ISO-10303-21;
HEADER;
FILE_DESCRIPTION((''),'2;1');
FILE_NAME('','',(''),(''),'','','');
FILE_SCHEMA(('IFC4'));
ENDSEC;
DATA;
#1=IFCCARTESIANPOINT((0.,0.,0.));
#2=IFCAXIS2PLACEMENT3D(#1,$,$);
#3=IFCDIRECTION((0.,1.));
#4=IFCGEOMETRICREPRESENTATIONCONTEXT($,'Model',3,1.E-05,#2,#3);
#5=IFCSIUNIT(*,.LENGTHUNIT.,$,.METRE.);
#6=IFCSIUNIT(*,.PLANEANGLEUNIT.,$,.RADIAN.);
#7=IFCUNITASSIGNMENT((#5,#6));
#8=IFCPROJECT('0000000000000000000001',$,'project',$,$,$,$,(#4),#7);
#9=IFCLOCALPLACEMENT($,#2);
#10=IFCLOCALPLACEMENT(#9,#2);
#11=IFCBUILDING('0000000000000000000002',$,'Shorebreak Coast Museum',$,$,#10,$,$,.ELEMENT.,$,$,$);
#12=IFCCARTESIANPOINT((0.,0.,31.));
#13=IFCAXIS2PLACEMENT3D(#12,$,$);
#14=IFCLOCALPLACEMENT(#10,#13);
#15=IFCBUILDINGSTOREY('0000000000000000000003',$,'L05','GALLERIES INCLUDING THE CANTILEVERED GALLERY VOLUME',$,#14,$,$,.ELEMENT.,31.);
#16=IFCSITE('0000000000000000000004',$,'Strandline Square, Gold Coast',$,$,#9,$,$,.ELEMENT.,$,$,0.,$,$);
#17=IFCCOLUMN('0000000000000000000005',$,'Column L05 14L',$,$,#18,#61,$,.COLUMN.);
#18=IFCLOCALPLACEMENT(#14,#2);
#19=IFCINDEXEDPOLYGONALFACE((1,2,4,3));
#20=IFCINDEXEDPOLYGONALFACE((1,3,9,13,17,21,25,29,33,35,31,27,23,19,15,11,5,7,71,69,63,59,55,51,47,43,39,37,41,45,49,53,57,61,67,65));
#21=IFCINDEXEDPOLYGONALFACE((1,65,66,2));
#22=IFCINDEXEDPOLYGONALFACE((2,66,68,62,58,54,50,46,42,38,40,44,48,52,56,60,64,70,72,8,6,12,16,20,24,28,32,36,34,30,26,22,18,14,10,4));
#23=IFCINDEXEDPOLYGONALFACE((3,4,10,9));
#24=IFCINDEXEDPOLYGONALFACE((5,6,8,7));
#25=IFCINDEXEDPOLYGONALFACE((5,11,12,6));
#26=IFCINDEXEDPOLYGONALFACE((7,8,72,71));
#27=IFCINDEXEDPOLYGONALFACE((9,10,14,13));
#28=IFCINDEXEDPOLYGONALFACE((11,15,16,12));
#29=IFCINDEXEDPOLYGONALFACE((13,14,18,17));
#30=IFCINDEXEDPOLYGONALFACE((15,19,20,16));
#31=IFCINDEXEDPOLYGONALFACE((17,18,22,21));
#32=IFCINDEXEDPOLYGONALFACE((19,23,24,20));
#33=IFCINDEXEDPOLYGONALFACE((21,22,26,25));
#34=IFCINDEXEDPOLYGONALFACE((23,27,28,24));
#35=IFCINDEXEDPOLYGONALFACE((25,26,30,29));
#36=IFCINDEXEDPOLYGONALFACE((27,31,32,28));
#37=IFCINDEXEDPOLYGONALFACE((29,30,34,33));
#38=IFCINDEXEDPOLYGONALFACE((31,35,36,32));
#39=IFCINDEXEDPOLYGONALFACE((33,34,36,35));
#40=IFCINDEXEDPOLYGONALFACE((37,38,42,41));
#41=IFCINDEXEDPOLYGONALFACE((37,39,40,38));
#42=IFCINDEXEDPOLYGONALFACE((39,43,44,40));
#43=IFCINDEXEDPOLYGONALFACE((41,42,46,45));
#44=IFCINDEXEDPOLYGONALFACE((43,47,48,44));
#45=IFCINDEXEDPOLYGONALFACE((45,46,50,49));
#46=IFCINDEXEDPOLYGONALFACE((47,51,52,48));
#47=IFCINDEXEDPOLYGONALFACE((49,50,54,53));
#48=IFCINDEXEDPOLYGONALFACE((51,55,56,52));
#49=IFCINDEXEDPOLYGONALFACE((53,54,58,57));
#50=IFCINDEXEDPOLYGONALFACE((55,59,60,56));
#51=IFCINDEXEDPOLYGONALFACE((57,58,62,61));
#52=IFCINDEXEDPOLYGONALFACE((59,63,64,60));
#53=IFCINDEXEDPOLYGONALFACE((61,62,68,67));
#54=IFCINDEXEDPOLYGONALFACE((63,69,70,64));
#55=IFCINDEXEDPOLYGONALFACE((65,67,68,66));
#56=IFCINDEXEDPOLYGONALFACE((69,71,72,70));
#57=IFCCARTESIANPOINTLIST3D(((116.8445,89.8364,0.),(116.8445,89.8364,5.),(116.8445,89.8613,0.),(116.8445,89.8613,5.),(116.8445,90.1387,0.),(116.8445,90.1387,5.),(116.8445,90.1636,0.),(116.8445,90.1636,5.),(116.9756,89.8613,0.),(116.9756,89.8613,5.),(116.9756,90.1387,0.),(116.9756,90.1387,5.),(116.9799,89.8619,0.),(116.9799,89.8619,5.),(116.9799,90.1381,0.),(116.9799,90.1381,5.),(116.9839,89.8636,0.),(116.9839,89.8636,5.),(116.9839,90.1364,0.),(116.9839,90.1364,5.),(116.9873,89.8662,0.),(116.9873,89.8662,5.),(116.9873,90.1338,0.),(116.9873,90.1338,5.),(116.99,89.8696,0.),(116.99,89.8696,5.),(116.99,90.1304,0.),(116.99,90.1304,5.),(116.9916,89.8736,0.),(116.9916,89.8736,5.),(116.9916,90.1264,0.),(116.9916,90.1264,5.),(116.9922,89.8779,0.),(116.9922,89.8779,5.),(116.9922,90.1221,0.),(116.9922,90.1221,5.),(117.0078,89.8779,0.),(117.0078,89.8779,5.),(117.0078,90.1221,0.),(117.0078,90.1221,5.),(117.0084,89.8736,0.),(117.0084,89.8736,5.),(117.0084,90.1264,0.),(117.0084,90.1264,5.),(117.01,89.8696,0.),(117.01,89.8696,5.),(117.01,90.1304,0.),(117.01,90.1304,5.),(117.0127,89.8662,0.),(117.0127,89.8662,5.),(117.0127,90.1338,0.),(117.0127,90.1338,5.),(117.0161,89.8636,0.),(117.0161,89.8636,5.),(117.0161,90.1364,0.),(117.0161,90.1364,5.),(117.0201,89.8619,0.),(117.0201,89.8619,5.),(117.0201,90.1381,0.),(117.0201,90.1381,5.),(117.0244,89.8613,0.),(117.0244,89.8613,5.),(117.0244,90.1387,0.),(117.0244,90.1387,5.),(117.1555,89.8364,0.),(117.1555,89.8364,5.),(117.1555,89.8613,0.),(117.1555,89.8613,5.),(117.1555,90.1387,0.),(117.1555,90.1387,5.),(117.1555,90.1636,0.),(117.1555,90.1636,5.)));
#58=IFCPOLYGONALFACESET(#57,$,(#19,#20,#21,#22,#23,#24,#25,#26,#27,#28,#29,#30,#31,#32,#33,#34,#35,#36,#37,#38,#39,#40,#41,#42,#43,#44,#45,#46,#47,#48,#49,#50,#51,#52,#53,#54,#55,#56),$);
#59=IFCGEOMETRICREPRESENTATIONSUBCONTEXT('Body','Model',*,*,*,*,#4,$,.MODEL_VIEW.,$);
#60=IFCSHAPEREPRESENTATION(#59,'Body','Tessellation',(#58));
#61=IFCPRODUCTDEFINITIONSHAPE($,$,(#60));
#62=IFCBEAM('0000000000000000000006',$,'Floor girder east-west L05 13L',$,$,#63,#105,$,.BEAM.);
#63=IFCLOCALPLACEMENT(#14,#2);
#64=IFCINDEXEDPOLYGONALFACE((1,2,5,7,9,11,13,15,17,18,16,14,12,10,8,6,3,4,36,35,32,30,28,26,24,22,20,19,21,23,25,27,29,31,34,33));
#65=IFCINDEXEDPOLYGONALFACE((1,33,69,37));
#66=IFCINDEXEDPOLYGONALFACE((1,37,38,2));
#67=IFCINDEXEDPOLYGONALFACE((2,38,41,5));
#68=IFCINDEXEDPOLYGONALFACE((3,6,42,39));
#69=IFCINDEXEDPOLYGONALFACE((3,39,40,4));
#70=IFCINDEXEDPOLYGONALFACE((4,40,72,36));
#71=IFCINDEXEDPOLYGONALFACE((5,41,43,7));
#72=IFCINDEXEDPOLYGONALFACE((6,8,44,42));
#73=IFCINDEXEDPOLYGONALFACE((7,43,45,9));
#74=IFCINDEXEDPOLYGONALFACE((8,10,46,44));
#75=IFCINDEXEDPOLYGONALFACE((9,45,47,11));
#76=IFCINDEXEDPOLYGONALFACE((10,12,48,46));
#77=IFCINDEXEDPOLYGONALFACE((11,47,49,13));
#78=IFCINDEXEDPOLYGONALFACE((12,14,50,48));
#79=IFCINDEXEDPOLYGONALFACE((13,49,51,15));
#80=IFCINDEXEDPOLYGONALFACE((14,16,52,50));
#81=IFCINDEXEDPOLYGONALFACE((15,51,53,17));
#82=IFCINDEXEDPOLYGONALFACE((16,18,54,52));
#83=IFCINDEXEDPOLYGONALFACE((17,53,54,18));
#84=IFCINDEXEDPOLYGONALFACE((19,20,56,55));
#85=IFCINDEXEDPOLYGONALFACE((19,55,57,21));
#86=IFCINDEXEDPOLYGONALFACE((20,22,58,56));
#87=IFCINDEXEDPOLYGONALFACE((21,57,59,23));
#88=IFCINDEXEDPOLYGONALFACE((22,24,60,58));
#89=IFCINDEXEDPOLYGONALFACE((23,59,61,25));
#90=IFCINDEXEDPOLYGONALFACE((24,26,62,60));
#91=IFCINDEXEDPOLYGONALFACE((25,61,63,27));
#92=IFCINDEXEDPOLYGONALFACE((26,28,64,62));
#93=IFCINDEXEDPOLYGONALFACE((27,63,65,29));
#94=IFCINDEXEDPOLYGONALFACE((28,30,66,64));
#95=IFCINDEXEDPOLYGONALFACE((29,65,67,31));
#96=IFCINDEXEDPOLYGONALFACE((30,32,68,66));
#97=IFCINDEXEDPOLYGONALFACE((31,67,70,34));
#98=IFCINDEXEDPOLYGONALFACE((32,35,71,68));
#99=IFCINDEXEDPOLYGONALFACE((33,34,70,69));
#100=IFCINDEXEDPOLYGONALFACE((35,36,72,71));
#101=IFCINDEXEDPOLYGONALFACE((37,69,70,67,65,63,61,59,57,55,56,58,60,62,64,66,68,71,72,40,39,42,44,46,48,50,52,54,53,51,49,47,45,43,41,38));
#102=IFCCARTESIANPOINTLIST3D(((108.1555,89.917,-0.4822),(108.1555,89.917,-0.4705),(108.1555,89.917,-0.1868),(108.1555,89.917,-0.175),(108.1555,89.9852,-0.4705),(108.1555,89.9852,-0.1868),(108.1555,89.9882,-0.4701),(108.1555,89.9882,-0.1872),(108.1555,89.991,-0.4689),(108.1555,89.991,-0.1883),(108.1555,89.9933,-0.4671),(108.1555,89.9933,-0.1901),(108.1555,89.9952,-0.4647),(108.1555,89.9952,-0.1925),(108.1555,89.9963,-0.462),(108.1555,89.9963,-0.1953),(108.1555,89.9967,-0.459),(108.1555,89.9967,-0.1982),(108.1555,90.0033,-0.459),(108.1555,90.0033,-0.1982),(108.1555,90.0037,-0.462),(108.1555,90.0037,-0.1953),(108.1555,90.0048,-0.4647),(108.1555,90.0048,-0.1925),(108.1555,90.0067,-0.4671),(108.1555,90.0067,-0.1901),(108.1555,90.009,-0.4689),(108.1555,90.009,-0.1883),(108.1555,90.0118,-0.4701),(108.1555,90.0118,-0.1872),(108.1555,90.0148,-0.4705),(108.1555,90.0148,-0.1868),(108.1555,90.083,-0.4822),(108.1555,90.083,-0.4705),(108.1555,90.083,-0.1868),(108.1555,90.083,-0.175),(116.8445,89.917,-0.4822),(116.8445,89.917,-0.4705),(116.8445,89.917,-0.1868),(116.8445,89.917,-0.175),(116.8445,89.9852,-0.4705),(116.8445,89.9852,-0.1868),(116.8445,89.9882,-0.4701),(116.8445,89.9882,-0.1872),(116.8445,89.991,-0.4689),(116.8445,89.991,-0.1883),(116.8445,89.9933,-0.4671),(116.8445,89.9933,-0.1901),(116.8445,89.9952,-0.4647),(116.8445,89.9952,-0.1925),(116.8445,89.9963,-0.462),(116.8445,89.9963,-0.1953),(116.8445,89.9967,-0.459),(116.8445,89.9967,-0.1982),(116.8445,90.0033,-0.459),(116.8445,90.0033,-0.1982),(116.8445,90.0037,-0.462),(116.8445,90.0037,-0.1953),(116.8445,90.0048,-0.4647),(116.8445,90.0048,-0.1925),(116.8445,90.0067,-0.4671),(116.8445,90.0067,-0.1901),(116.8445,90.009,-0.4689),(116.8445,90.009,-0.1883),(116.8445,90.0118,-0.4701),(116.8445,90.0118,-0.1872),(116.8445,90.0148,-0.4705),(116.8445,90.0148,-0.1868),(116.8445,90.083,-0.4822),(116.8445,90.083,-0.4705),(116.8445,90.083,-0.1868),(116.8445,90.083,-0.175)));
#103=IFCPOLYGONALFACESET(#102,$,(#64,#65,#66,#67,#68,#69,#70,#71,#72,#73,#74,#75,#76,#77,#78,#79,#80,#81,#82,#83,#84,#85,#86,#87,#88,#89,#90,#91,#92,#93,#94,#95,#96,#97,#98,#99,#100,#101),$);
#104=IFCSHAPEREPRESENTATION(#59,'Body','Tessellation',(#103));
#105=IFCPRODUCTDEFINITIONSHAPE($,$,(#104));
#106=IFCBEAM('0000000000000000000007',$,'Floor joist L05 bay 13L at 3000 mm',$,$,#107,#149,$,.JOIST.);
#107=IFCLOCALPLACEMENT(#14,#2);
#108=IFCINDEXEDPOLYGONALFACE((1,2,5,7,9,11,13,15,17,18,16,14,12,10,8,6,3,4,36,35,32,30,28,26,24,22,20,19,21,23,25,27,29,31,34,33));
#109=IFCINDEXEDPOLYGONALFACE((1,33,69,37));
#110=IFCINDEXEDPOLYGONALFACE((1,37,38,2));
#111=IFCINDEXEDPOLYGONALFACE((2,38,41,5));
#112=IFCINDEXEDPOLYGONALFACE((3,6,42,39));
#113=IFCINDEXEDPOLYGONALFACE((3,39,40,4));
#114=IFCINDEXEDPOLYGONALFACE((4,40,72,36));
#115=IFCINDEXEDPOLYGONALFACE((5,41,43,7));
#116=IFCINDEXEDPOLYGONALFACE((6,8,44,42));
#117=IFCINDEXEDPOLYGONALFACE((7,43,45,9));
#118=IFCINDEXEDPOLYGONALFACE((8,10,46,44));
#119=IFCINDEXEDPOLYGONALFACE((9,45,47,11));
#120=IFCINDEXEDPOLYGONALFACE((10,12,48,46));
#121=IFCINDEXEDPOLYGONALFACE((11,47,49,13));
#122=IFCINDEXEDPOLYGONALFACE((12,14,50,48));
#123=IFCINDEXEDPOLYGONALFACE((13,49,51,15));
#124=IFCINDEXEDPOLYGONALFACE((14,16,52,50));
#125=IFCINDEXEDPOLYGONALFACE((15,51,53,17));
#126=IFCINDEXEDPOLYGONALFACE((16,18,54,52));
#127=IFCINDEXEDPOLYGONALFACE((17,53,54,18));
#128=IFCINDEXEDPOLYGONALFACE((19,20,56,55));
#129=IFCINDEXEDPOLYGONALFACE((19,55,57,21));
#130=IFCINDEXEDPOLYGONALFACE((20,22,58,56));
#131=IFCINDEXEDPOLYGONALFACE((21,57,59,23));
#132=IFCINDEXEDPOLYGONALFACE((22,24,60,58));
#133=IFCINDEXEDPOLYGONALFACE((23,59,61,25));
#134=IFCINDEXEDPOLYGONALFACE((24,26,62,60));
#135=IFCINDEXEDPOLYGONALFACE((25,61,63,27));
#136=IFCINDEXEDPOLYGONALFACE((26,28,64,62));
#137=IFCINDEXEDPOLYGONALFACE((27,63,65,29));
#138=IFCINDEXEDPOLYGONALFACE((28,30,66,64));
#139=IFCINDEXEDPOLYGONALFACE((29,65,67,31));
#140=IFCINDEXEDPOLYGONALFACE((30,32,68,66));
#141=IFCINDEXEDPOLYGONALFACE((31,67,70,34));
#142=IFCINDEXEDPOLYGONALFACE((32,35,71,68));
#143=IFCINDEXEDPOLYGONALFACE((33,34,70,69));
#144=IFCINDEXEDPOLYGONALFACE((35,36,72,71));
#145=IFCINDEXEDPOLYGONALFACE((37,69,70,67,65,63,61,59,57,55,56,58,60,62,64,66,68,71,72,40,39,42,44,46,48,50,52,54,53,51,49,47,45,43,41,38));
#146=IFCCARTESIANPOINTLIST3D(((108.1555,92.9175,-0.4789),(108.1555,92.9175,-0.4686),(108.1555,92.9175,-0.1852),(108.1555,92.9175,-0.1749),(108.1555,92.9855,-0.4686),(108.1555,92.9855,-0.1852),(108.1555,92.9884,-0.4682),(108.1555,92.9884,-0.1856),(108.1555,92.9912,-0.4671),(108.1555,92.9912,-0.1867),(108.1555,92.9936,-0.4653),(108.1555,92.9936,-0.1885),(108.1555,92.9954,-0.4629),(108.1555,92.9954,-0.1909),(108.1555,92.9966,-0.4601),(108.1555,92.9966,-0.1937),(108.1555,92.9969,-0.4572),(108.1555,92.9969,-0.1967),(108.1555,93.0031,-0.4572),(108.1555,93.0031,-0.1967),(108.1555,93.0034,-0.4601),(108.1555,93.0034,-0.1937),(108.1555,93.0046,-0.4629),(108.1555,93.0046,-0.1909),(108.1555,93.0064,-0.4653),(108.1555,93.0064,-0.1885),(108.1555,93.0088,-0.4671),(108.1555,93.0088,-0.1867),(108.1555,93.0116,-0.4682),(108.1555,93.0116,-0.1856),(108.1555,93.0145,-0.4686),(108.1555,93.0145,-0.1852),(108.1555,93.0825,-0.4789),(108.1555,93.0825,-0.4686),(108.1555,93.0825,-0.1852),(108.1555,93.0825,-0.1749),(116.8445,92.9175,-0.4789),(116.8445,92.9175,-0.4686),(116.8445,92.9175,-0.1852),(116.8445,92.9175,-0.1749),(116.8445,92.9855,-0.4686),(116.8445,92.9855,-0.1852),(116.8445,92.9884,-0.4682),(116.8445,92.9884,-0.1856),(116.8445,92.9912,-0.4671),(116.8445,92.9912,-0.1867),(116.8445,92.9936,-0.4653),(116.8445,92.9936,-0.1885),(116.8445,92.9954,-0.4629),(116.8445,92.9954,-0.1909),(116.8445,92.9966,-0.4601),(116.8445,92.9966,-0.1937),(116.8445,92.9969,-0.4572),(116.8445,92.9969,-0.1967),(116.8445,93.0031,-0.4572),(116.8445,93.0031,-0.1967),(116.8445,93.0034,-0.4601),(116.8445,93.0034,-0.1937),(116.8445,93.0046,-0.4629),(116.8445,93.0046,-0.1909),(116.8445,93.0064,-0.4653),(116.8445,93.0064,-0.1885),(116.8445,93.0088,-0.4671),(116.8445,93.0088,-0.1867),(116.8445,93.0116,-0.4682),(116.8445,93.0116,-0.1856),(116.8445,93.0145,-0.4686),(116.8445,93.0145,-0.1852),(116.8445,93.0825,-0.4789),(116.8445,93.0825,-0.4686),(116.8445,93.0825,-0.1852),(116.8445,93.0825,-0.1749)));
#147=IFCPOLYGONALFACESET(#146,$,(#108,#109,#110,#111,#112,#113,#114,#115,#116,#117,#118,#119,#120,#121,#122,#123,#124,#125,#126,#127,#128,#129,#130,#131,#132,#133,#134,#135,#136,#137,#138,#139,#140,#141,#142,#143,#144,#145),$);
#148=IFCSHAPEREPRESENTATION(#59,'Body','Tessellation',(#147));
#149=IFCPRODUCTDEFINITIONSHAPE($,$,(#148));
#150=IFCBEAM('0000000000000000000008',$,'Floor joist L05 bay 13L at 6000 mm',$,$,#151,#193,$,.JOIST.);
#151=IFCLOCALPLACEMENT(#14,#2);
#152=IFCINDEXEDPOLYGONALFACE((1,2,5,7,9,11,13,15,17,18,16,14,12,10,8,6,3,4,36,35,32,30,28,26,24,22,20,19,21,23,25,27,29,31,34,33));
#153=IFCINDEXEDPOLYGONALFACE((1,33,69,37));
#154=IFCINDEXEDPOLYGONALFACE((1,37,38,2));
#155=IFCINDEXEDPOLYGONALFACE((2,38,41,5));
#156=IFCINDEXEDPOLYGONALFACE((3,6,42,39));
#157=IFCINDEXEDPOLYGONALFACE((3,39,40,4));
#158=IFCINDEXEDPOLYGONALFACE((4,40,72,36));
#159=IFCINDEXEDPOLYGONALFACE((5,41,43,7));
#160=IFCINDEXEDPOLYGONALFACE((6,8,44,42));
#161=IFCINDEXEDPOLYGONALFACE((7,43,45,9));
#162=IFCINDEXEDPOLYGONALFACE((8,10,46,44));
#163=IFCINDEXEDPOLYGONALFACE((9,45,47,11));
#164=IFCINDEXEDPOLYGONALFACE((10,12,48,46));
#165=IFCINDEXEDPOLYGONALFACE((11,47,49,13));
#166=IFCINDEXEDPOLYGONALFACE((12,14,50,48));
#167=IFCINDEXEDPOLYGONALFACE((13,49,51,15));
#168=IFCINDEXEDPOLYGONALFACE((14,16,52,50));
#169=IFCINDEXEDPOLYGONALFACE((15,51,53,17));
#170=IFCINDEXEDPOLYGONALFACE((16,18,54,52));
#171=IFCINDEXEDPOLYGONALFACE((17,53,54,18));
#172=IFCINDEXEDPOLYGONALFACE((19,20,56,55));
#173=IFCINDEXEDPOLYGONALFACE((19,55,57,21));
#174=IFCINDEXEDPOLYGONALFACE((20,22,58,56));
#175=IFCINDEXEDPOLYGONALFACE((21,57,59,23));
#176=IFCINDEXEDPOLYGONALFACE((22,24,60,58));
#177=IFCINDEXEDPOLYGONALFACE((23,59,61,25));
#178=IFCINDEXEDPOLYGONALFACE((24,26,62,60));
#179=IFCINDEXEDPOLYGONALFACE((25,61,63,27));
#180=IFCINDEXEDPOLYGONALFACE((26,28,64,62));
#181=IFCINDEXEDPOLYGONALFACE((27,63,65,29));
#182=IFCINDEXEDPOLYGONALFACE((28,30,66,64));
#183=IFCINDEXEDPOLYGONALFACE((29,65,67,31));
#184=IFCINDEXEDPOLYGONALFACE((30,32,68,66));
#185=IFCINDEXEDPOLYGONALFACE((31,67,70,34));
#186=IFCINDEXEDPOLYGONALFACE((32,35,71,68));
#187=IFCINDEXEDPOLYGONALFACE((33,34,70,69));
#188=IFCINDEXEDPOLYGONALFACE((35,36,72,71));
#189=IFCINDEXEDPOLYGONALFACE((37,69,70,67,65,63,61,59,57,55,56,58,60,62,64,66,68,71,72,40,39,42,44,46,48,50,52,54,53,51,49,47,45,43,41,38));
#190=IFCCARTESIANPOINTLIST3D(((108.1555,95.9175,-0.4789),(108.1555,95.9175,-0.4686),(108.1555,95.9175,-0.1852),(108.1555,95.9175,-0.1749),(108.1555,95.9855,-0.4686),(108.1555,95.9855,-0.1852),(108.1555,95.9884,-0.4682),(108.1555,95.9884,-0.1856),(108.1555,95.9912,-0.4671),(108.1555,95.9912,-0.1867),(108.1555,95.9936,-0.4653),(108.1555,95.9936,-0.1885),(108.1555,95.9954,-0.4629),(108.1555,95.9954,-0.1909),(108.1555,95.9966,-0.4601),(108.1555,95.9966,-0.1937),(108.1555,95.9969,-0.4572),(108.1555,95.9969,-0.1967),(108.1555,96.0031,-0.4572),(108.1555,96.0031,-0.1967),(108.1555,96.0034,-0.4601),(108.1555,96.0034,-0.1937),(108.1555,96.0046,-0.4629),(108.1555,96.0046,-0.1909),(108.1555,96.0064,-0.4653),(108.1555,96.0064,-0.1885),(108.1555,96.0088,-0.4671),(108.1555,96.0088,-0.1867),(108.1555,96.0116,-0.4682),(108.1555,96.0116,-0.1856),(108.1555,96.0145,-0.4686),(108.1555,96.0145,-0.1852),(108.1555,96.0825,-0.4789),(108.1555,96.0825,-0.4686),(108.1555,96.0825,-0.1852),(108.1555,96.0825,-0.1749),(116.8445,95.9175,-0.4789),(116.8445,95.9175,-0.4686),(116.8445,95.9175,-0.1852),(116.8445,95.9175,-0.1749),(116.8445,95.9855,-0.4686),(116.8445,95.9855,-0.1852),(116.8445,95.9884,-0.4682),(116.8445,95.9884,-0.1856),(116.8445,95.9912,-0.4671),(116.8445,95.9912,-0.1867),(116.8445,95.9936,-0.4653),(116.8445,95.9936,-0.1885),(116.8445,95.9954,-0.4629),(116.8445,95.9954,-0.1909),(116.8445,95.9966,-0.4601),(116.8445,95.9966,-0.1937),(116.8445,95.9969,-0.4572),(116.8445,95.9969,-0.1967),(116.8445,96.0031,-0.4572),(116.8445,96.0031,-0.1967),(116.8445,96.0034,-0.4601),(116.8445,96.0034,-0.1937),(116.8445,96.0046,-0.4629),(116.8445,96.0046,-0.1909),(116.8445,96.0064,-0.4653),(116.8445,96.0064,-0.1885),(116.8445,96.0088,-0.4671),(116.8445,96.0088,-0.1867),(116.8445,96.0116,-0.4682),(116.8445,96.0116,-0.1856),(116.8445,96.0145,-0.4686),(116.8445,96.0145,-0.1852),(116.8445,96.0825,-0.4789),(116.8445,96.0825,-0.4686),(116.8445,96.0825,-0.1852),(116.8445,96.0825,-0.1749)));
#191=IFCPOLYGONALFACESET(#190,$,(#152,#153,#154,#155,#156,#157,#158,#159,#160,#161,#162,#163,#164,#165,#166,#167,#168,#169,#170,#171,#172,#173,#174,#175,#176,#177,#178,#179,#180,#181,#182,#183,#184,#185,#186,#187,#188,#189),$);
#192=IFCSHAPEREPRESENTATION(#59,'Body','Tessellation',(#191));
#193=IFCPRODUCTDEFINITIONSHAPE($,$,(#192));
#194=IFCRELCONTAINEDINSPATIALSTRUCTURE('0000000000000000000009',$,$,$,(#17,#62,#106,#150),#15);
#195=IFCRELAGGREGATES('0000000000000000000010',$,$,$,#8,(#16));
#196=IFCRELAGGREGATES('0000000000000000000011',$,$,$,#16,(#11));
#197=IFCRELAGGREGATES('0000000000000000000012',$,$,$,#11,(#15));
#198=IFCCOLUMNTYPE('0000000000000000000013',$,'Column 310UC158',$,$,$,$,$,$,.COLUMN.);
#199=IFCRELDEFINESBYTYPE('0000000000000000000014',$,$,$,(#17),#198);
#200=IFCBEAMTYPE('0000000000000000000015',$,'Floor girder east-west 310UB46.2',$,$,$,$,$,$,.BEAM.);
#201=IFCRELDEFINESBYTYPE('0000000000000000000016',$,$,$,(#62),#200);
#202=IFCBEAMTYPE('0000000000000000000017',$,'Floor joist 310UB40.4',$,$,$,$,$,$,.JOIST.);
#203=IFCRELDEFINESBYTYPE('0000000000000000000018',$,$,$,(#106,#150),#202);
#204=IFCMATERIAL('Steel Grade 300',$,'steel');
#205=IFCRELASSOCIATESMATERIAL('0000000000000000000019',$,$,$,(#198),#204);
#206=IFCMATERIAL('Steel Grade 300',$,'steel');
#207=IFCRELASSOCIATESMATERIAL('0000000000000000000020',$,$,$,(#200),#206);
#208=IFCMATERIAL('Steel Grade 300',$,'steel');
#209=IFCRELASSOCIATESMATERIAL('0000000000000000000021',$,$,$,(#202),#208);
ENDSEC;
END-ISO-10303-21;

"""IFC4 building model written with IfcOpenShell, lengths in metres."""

from ifc_helpers import new_model, si_unit, direction, frame, origin, origin_2d, place, context, subcontext, project, spatial, i_section, extrude, material, material_profile, profile_set, type_object, element, save


model = new_model("IFC4")

# Units and contexts
model_context = context("Model", 3, precision=1e-05, world=origin(), true_north=direction((0.0, 1.0)))
body_context = subcontext(model_context, "Body", "Model", "MODEL_VIEW")
ifc_project = project(units=[si_unit("LENGTHUNIT", "METRE"), si_unit("PLANEANGLEUNIT", "RADIAN")], contexts=[model_context])

# Site, building, storey
site_placement = place(None, origin())
site = spatial("IfcSite", under=ifc_project, at=site_placement, Name="Strandline Square, Gold Coast", CompositionType="ELEMENT", RefElevation=0.0)
building_placement = place(site_placement, origin())
building = spatial("IfcBuilding", under=site, at=building_placement, Name="Shorebreak Coast Museum", CompositionType="ELEMENT")
storey_placement = place(building_placement, frame((0.0, 0.0, 31.0)))
storey = spatial("IfcBuildingStorey", under=building, at=storey_placement, Name="L05", Description="GALLERIES INCLUDING THE CANTILEVERED GALLERY VOLUME", CompositionType="ELEMENT", Elevation=31.0)

# Column
ifc_material_1 = material(Name="Steel Grade 300", Category="steel")
ifc_material_profile_1 = material_profile(ifc_material_1, i_section(OverallWidth=0.311, OverallDepth=0.3271, WebThickness=0.0156, FlangeThickness=0.0249, FilletRadius=0.0166, at=origin_2d()), Name="310UC158")
ifc_profile_set_1 = profile_set([ifc_material_profile_1], Name="Steel Grade 300")
column_type = type_object("IfcColumnType", Name="Column 310UC158", PredefinedType="COLUMN", material=ifc_profile_set_1)
column_placement = place(storey_placement, frame((117.0, 90.0, 0.0), z_axis=(0.0, 0.0, 1.0), x_axis=(1.0, 0.0, 0.0)))
element("IfcColumn", 1, at=column_placement, inside=storey, type_object=column_type, Name="Column L05 14L", PredefinedType="COLUMN", context=body_context, shape_type="SweptSolid", body=[
    extrude(i_section(OverallWidth=0.311, OverallDepth=0.3271, WebThickness=0.0156, FlangeThickness=0.0249, FilletRadius=0.0166, at=origin_2d()), origin(), (0.0, 0.0, 1.0), 5.0),
])

# Beams
ifc_material_2 = material(Name="Steel Grade 300", Category="steel")
ifc_material_profile_2 = material_profile(ifc_material_2, i_section(OverallWidth=0.166, OverallDepth=0.3071, WebThickness=0.0066, FlangeThickness=0.0117, FilletRadius=0.0115, at=origin_2d()), Name="310UB46.2")
ifc_profile_set_2 = profile_set([ifc_material_profile_2], Name="Steel Grade 300")
beam_type_1 = type_object("IfcBeamType", Name="Floor girder east-west 310UB46.2", PredefinedType="BEAM", material=ifc_profile_set_2)
beam_1_placement = place(storey_placement, frame((108.1555, 90.0, -0.3286), z_axis=(1.0, 0.0, 0.0), x_axis=(0.0, 1.0, 0.0)))
element("IfcBeam", 2, at=beam_1_placement, inside=storey, type_object=beam_type_1, Name="Floor girder east-west L05 13L", PredefinedType="BEAM", context=body_context, shape_type="SweptSolid", body=[
    extrude(i_section(OverallWidth=0.166, OverallDepth=0.3071, WebThickness=0.0066, FlangeThickness=0.0117, FilletRadius=0.0115, at=origin_2d()), origin(), (0.0, 0.0, 1.0), 8.689),
])
ifc_material_3 = material(Name="Steel Grade 300", Category="steel")
ifc_material_profile_3 = material_profile(ifc_material_3, i_section(OverallWidth=0.165, OverallDepth=0.304, WebThickness=0.0061, FlangeThickness=0.0103, FilletRadius=0.0115, at=origin_2d()), Name="310UB40.4")
ifc_profile_set_3 = profile_set([ifc_material_profile_3], Name="Steel Grade 300")
beam_type_2 = type_object("IfcBeamType", Name="Floor joist 310UB40.4", PredefinedType="JOIST", material=ifc_profile_set_3)
for number, where, z_axis, x_axis, name in (
    (3, (108.1555, 93.0, -0.3269), (1.0, 0.0, 0.0), (0.0, 1.0, 0.0), "Floor joist L05 bay 13L at 3000 mm"),
    (4, (108.1555, 96.0, -0.3269), (1.0, 0.0, 0.0), (0.0, 1.0, 0.0), "Floor joist L05 bay 13L at 6000 mm"),
):
    element("IfcBeam", number, at=place(storey_placement, frame(where, z_axis=z_axis, x_axis=x_axis)), inside=storey, type_object=beam_type_2, Name=name, PredefinedType="JOIST", context=body_context, shape_type="SweptSolid", body=[
        extrude(i_section(OverallWidth=0.165, OverallDepth=0.304, WebThickness=0.0061, FlangeThickness=0.0103, FilletRadius=0.0115, at=origin_2d()), origin(), (0.0, 0.0, 1.0), 8.689),
    ])

save(model, "model.ifc")
